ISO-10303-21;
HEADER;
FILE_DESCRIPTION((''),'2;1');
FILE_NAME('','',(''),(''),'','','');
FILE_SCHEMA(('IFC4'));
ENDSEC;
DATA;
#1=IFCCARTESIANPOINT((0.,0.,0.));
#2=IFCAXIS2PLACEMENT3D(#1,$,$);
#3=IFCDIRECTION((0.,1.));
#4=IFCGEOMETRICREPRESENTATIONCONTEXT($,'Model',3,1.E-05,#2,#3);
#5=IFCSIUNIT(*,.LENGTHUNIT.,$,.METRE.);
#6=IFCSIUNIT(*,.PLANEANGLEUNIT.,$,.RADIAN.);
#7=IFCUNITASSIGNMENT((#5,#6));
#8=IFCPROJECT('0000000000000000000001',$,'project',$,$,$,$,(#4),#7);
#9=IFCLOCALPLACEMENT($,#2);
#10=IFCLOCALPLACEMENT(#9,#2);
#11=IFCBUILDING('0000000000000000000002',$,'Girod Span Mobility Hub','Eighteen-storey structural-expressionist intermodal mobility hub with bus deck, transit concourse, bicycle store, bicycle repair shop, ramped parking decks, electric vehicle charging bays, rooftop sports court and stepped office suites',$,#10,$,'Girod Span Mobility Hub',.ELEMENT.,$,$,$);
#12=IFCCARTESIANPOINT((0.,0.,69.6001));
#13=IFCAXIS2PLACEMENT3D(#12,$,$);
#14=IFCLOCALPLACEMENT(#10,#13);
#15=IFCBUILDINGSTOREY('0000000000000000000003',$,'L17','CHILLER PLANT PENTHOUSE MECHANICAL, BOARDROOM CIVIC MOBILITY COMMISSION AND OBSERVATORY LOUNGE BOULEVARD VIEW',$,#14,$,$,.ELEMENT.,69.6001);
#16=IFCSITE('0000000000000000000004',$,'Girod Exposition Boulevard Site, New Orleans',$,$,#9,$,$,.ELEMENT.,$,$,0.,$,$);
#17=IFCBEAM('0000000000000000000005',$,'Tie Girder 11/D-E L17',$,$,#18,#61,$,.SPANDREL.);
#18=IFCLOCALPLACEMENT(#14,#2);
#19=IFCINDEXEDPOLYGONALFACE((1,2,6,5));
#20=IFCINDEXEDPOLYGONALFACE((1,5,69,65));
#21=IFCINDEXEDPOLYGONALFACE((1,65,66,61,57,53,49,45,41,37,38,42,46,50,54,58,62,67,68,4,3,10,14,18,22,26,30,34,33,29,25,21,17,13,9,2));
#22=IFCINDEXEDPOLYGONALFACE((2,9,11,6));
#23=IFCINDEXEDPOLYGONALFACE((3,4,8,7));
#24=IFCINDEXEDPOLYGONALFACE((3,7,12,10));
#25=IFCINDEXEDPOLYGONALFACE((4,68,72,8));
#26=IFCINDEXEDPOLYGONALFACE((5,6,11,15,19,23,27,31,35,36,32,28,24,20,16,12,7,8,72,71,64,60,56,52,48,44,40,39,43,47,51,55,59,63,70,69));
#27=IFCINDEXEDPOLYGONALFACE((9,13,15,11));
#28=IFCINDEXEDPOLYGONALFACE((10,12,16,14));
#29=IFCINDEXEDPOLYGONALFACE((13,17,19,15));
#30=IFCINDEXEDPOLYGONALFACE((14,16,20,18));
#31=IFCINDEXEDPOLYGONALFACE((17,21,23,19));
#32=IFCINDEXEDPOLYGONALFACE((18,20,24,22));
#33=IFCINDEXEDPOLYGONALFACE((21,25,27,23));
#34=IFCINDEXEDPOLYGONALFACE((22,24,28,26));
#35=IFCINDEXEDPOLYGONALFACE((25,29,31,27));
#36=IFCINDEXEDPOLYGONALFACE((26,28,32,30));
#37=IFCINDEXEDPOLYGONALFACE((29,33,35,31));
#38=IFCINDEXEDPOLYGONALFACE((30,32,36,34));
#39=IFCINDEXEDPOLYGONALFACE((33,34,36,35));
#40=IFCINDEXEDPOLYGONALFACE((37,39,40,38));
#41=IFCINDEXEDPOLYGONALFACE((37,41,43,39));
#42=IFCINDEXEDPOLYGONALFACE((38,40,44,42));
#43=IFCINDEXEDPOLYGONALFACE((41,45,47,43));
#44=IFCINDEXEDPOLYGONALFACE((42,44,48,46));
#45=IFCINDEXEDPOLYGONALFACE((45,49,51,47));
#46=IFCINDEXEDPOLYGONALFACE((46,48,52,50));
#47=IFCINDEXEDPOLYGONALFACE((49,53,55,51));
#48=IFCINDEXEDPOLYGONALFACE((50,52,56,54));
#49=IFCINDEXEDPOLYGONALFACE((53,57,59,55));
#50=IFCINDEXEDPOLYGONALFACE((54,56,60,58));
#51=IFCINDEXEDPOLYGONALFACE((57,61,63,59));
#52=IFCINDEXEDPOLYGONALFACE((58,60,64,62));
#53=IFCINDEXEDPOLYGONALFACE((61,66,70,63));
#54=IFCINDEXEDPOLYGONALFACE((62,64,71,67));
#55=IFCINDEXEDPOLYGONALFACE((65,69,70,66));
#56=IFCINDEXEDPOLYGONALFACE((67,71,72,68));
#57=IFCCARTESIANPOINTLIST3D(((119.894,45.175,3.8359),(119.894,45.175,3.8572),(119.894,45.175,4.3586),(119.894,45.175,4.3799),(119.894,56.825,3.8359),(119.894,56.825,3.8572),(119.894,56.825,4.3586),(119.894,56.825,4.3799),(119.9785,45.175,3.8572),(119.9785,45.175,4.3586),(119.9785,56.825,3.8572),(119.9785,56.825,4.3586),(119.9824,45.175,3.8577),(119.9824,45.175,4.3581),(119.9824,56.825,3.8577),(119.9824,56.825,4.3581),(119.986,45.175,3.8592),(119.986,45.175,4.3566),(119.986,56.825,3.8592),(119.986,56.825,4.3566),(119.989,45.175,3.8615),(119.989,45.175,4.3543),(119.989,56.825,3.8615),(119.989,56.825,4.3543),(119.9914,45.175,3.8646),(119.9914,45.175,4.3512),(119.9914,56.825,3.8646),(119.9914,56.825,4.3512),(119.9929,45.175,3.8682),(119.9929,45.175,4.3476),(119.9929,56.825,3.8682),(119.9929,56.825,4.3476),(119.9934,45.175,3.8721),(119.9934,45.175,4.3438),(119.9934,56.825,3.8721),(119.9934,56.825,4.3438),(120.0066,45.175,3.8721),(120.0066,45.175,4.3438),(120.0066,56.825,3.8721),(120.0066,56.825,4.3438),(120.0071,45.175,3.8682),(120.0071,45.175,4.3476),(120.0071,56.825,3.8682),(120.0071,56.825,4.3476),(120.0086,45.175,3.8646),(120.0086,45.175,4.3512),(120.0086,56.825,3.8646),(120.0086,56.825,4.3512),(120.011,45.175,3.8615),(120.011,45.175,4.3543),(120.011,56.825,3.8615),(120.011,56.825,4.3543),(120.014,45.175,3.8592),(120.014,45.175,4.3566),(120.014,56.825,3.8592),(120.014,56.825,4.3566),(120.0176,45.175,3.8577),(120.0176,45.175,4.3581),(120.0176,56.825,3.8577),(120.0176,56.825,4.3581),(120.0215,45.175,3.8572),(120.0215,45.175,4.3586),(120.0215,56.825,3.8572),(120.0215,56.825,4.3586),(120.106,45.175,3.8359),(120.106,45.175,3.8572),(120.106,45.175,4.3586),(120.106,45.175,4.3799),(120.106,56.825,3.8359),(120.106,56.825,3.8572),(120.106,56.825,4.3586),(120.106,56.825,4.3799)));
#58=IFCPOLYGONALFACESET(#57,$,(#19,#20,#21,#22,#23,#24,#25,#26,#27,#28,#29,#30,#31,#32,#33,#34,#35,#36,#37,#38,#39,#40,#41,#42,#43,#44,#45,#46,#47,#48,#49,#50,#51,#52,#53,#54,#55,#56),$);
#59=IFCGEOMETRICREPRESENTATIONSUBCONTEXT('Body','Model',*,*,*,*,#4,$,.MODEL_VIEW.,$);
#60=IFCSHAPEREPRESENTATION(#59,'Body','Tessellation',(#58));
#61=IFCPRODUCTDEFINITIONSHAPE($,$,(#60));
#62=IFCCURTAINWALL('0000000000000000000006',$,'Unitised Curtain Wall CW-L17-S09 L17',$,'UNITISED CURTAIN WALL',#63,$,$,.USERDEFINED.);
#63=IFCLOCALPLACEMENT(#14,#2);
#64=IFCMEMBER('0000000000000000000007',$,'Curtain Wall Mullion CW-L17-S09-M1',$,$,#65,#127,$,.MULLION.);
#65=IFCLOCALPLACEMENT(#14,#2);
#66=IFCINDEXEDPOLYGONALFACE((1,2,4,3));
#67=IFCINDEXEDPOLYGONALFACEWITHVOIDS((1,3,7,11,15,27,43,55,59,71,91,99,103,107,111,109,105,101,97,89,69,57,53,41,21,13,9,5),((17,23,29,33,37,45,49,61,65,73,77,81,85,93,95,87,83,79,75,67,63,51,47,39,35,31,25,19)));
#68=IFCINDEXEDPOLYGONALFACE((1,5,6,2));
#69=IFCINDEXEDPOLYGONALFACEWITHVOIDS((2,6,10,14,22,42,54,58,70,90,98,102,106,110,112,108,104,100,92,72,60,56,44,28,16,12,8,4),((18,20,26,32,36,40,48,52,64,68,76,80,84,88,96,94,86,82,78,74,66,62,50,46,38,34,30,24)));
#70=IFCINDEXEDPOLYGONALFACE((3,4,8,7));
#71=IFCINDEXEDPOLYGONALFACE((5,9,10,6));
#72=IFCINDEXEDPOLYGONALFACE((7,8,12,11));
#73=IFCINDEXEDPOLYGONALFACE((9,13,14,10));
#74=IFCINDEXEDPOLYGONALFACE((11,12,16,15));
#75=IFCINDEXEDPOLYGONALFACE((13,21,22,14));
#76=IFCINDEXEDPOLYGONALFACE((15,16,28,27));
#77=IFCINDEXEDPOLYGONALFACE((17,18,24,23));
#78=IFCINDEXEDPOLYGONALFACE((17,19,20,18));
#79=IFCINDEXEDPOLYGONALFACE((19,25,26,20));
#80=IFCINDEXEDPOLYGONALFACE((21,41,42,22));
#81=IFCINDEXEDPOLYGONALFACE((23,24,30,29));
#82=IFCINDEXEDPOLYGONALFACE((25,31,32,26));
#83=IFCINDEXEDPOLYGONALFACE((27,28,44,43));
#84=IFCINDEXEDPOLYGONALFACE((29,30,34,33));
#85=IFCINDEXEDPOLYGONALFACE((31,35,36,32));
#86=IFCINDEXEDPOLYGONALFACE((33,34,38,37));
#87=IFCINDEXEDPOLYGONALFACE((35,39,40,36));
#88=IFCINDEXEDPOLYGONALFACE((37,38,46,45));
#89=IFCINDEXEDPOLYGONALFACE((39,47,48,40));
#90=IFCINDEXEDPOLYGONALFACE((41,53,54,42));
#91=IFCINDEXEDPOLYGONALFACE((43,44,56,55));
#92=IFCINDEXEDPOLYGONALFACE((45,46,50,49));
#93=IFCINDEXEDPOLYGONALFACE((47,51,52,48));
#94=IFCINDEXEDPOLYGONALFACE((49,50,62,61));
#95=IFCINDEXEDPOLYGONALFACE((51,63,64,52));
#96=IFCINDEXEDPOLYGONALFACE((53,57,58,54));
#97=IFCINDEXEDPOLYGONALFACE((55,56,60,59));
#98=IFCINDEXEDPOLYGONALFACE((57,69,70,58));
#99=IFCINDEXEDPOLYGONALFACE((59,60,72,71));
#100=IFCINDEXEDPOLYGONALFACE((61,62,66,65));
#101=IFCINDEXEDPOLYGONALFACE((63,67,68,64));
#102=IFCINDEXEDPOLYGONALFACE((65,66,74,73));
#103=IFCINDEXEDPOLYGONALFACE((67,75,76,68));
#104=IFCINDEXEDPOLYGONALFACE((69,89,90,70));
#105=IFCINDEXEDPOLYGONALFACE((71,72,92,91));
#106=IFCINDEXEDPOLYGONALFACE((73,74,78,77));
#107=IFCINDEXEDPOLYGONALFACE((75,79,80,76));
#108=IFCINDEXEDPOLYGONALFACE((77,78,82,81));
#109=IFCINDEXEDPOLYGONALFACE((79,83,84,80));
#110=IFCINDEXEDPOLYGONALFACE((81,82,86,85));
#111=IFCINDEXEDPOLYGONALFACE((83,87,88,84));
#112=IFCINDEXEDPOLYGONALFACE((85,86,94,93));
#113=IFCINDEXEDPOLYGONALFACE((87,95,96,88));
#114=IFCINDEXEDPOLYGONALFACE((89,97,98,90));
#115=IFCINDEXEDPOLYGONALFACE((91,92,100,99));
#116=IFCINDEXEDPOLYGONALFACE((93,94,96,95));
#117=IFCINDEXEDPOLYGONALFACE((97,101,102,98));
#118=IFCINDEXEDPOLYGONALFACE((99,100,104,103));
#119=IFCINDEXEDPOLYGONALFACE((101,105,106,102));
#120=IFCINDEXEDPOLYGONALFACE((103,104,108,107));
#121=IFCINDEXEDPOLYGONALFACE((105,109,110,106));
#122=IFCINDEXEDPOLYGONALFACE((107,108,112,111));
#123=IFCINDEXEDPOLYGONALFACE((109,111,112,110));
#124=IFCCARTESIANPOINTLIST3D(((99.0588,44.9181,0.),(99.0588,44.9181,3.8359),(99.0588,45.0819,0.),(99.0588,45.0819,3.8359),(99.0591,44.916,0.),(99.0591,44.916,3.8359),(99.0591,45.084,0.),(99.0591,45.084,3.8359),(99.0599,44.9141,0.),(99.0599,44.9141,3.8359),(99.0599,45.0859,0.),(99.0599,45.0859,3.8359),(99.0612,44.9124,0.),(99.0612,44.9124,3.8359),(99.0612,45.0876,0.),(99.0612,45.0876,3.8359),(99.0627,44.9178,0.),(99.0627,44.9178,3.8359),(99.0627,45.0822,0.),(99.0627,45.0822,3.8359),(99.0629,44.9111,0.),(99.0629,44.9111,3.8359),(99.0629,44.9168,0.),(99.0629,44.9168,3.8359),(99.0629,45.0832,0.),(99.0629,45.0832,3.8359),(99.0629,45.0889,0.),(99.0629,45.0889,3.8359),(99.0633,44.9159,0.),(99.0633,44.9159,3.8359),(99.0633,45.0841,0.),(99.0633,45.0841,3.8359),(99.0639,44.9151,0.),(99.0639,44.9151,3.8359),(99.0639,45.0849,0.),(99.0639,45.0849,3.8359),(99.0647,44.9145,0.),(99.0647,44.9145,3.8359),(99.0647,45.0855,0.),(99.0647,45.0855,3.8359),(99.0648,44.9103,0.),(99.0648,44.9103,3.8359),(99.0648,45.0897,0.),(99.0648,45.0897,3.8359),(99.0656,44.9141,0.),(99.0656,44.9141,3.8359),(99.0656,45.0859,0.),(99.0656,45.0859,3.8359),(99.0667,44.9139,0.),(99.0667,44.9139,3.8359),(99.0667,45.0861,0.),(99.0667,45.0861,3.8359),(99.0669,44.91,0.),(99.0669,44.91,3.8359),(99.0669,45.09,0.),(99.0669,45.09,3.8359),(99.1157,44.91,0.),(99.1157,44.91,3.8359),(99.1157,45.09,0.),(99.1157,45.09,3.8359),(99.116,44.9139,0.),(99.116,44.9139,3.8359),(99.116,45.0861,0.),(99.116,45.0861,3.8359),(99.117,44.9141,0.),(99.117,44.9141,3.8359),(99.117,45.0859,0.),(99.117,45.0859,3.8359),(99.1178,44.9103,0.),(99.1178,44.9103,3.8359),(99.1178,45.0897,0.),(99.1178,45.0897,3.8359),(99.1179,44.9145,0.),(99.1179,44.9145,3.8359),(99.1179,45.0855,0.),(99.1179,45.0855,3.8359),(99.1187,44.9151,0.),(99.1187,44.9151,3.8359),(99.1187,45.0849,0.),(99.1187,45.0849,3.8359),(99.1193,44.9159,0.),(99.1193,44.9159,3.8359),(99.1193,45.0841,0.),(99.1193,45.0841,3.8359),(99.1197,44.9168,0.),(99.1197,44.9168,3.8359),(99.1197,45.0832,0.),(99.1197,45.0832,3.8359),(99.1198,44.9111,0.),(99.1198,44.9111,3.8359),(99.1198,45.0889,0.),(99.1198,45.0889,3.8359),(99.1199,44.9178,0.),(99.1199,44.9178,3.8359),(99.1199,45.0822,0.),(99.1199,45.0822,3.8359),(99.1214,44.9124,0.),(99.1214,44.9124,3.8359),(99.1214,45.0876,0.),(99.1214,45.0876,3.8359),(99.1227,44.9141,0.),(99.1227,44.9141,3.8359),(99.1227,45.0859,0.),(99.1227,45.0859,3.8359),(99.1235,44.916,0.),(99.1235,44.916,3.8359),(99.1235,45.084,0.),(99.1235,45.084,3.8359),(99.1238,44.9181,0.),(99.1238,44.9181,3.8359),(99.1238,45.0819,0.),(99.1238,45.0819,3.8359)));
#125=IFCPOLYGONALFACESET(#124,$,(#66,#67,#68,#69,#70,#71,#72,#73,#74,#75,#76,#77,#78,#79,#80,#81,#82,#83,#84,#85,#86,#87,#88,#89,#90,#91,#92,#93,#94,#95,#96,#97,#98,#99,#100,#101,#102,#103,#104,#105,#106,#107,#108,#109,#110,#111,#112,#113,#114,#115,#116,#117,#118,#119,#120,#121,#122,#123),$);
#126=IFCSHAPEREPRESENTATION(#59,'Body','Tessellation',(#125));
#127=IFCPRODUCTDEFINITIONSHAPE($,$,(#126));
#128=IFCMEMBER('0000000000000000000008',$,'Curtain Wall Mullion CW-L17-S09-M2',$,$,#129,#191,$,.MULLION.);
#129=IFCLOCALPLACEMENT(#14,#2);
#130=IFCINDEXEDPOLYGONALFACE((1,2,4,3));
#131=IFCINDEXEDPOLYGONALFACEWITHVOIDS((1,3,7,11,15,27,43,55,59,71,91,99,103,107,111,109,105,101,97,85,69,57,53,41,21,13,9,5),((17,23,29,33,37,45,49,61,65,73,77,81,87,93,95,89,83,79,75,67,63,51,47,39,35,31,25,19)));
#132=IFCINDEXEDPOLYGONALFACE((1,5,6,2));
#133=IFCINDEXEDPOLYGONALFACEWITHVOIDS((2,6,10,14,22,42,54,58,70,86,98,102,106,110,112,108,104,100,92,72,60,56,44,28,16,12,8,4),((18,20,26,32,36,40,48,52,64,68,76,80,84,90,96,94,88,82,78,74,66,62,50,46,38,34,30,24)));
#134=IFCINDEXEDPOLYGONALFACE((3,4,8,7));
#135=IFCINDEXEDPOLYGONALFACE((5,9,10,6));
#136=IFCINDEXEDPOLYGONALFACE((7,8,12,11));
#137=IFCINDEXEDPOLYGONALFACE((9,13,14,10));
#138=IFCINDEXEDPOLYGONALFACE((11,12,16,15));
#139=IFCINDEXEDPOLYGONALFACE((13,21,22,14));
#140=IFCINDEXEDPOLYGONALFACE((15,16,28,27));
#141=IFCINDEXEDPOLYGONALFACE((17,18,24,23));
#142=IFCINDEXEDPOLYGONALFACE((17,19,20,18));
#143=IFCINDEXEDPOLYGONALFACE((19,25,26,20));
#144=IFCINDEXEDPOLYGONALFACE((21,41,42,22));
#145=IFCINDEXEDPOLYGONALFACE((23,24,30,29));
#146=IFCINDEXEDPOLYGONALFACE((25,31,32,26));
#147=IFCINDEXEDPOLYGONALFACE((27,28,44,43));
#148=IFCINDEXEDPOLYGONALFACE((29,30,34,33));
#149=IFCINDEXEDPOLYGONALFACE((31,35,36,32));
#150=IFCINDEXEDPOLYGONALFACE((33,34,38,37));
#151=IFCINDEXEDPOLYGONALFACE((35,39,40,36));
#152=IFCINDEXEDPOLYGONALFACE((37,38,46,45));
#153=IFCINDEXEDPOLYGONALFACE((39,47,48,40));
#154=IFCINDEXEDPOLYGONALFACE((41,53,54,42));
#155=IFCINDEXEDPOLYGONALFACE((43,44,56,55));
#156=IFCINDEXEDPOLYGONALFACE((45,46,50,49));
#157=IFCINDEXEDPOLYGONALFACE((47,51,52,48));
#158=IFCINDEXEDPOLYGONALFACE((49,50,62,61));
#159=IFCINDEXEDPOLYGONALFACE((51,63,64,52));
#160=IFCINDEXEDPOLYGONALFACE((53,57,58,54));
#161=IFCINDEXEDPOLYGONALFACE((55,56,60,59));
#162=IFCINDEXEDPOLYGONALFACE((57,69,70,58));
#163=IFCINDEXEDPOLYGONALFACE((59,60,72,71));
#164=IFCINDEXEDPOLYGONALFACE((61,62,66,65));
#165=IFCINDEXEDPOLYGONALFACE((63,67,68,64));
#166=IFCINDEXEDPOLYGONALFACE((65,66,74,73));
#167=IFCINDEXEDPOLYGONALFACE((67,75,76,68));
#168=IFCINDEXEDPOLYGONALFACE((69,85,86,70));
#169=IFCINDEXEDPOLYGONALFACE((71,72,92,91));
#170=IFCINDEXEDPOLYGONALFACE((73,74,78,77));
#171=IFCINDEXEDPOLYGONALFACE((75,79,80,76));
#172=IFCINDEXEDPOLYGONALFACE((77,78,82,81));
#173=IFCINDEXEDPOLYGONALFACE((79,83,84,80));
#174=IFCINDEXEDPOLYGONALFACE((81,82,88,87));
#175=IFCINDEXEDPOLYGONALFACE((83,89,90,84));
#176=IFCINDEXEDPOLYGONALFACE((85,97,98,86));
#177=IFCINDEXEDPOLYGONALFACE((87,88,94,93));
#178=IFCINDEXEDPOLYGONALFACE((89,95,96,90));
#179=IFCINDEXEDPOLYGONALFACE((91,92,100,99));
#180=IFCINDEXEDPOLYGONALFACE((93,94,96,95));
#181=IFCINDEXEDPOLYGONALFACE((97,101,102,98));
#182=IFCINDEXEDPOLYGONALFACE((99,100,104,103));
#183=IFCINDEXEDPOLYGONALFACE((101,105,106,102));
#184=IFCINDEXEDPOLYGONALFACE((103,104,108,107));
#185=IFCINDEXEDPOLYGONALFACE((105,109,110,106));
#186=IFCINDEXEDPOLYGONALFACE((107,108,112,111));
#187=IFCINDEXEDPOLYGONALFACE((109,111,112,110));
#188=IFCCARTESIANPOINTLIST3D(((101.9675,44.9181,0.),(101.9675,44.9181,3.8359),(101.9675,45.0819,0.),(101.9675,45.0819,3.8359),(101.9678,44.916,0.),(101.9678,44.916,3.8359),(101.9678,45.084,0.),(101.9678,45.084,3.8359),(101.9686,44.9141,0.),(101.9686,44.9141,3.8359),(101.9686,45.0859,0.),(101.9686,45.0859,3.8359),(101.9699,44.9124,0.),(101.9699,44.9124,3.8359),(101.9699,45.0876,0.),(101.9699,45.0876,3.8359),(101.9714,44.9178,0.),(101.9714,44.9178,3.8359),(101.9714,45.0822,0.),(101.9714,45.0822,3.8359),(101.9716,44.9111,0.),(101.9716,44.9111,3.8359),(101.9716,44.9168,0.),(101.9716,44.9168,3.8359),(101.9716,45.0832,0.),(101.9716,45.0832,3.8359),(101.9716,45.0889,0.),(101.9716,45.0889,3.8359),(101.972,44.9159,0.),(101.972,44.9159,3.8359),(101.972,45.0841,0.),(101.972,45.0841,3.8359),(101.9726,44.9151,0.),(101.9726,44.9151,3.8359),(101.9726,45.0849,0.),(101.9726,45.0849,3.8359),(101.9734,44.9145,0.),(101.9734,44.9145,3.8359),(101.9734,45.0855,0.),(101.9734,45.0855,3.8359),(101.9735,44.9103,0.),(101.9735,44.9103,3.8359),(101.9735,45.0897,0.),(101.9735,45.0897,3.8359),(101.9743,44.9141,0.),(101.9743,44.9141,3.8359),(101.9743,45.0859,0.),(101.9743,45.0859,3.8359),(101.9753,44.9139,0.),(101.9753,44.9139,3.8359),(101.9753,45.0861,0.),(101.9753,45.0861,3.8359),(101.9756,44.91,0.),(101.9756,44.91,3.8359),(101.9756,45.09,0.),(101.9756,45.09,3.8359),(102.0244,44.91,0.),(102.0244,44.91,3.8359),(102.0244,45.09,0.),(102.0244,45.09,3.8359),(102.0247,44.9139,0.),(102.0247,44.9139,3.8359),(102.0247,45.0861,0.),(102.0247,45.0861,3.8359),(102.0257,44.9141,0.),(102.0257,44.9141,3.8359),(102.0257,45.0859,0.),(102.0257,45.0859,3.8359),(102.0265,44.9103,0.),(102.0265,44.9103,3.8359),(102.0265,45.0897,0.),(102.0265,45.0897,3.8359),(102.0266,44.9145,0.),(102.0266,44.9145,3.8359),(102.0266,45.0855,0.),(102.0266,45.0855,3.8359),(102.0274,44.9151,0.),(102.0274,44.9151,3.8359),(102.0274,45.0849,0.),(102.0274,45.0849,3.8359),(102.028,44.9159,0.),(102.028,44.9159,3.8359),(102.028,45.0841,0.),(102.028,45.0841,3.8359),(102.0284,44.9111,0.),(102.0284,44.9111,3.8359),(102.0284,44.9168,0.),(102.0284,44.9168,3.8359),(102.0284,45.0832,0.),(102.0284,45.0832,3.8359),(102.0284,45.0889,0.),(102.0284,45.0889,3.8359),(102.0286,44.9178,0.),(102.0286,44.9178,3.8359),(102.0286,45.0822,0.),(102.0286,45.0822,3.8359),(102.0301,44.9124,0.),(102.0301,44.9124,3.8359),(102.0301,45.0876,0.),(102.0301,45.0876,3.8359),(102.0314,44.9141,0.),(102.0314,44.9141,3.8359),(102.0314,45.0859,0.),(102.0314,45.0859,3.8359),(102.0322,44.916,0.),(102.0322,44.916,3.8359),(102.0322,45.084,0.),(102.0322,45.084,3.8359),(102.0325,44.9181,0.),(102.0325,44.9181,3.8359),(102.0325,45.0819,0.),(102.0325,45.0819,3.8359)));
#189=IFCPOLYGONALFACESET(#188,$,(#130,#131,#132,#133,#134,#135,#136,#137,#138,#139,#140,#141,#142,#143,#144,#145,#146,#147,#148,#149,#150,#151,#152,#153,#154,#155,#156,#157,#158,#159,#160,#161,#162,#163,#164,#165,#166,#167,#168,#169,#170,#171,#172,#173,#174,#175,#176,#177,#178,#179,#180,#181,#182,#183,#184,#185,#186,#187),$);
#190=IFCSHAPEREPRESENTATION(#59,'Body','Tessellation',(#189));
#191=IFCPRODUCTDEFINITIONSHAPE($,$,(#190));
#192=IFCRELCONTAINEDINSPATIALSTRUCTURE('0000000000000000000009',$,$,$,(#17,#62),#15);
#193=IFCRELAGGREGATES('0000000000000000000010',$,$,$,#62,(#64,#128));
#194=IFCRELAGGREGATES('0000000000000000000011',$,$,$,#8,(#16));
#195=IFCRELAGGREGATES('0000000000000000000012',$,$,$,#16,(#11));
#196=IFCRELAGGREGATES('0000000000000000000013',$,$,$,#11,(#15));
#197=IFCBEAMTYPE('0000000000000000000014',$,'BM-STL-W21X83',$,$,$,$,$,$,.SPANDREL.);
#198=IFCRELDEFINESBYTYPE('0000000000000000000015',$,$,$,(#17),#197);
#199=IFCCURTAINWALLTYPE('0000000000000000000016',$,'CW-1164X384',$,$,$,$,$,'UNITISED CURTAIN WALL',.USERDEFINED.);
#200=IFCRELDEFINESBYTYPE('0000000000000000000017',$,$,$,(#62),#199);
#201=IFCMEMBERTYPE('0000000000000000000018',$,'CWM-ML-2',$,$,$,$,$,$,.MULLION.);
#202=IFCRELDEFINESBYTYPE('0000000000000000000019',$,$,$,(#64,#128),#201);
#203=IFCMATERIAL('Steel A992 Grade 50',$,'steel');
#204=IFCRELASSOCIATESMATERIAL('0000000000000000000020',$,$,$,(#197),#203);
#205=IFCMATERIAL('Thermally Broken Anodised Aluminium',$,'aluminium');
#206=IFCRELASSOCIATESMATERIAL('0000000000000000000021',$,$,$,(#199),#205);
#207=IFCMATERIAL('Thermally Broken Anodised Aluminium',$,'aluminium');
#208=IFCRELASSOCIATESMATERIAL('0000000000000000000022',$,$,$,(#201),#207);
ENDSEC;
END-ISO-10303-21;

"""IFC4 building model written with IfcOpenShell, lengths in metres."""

from ifc_helpers import new_model, si_unit, direction, frame, origin, origin_2d, place, context, subcontext, project, spatial, hollow_rectangle, i_section, extrude, material, material_profile, profile_set, type_object, element, aggregate, save


model = new_model("IFC4")

# Units and contexts
model_context = context("Model", 3, precision=1e-05, world=origin(), true_north=direction((0.0, 1.0)))
body_context = subcontext(model_context, "Body", "Model", "MODEL_VIEW")
ifc_project = project(units=[si_unit("LENGTHUNIT", "METRE"), si_unit("PLANEANGLEUNIT", "RADIAN")], contexts=[model_context])

# Site, building, storey
site_placement = place(None, origin())
site = spatial("IfcSite", under=ifc_project, at=site_placement, Name="Girod Exposition Boulevard Site, New Orleans", CompositionType="ELEMENT", RefElevation=0.0)
building_placement = place(site_placement, origin())
building = spatial("IfcBuilding", under=site, at=building_placement, Name="Girod Span Mobility Hub", Description="Eighteen-storey structural-expressionist intermodal mobility hub with bus deck, transit concourse, bicycle store, bicycle repair shop, ramped parking decks, electric vehicle charging bays, rooftop sports court and stepped office suites", LongName="Girod Span Mobility Hub", CompositionType="ELEMENT")
storey_placement = place(building_placement, frame((0.0, 0.0, 69.6001)))
storey = spatial("IfcBuildingStorey", under=building, at=storey_placement, Name="L17", Description="CHILLER PLANT PENTHOUSE MECHANICAL, BOARDROOM CIVIC MOBILITY COMMISSION AND OBSERVATORY LOUNGE BOULEVARD VIEW", CompositionType="ELEMENT", Elevation=69.6001)

# Beam
ifc_material_1 = material(Name="Steel A992 Grade 50", Category="steel")
ifc_material_profile_1 = material_profile(ifc_material_1, i_section(OverallWidth=0.2119, OverallDepth=0.5439, WebThickness=0.0132, FlangeThickness=0.0212, FilletRadius=0.0149, at=origin_2d()), Name="W21X83")
ifc_profile_set_1 = profile_set([ifc_material_profile_1], Name="Steel A992 Grade 50")
beam_type_1 = type_object("IfcBeamType", Name="BM-STL-W21X83", PredefinedType="SPANDREL", material=ifc_profile_set_1)
beam_1_placement = place(storey_placement, frame((120.0, 45.175, 4.1079), z_axis=(0.0, 1.0, 0.0), x_axis=(-1.0, 0.0, 0.0)))
element("IfcBeam", 1, at=beam_1_placement, inside=storey, type_object=beam_type_1, Name="Tie Girder 11/D-E L17", PredefinedType="SPANDREL", context=body_context, shape_type="SweptSolid", body=[
    extrude(i_section(OverallWidth=0.2119, OverallDepth=0.5439, WebThickness=0.0132, FlangeThickness=0.0212, FilletRadius=0.0149, at=origin_2d()), origin(), (0.0, 0.0, 1.0), 11.6499),
])

# Curtain wall, members
ifc_material_2 = material(Name="Thermally Broken Anodised Aluminium", Category="aluminium")
curtain_wall_type = type_object("IfcCurtainWallType", Name="CW-1164X384", ElementType="UNITISED CURTAIN WALL", PredefinedType="USERDEFINED", material=ifc_material_2)
curtain_wall_1_placement = place(storey_placement, origin())
curtain_wall_1 = element("IfcCurtainWall", 2, at=curtain_wall_1_placement, inside=storey, type_object=curtain_wall_type, Name="Unitised Curtain Wall CW-L17-S09 L17", ObjectType="UNITISED CURTAIN WALL", PredefinedType="USERDEFINED")
ifc_material_3 = material(Name="Thermally Broken Anodised Aluminium", Category="aluminium")
ifc_material_profile_2 = material_profile(ifc_material_3, hollow_rectangle(XDim=0.1799, YDim=0.0649, WallThickness=0.0039, InnerFilletRadius=0.0039, OuterFilletRadius=0.0081, at=origin_2d()), Name="CW-ML-65X180")
ifc_profile_set_2 = profile_set([ifc_material_profile_2], Name="Thermally Broken Anodised Aluminium")
member_type_1 = type_object("IfcMemberType", Name="CWM-ML-2", PredefinedType="MULLION", material=ifc_profile_set_2)
member_1_placement = place(storey_placement, frame((99.0913, 45.0, 0.0), z_axis=(0.0, 0.0, 1.0), x_axis=(0.0, 1.0, 0.0)))
member_1 = element("IfcMember", 3, at=member_1_placement, type_object=member_type_1, Name="Curtain Wall Mullion CW-L17-S09-M1", PredefinedType="MULLION", context=body_context, shape_type="SweptSolid", body=[
    extrude(hollow_rectangle(XDim=0.1799, YDim=0.0649, WallThickness=0.0039, InnerFilletRadius=0.0039, OuterFilletRadius=0.0081, at=origin_2d()), origin(), (0.0, 0.0, 1.0), 3.8359),
])
member_2_placement = place(storey_placement, frame((102.0, 45.0, 0.0), z_axis=(0.0, 0.0, 1.0), x_axis=(0.0, 1.0, 0.0)))
member_2 = element("IfcMember", 4, at=member_2_placement, type_object=member_type_1, Name="Curtain Wall Mullion CW-L17-S09-M2", PredefinedType="MULLION", context=body_context, shape_type="SweptSolid", body=[
    extrude(hollow_rectangle(XDim=0.1799, YDim=0.0649, WallThickness=0.0039, InnerFilletRadius=0.0039, OuterFilletRadius=0.0081, at=origin_2d()), origin(), (0.0, 0.0, 1.0), 3.8359),
])

aggregate(curtain_wall_1, [member_1, member_2])

save(model, "model.ifc")
